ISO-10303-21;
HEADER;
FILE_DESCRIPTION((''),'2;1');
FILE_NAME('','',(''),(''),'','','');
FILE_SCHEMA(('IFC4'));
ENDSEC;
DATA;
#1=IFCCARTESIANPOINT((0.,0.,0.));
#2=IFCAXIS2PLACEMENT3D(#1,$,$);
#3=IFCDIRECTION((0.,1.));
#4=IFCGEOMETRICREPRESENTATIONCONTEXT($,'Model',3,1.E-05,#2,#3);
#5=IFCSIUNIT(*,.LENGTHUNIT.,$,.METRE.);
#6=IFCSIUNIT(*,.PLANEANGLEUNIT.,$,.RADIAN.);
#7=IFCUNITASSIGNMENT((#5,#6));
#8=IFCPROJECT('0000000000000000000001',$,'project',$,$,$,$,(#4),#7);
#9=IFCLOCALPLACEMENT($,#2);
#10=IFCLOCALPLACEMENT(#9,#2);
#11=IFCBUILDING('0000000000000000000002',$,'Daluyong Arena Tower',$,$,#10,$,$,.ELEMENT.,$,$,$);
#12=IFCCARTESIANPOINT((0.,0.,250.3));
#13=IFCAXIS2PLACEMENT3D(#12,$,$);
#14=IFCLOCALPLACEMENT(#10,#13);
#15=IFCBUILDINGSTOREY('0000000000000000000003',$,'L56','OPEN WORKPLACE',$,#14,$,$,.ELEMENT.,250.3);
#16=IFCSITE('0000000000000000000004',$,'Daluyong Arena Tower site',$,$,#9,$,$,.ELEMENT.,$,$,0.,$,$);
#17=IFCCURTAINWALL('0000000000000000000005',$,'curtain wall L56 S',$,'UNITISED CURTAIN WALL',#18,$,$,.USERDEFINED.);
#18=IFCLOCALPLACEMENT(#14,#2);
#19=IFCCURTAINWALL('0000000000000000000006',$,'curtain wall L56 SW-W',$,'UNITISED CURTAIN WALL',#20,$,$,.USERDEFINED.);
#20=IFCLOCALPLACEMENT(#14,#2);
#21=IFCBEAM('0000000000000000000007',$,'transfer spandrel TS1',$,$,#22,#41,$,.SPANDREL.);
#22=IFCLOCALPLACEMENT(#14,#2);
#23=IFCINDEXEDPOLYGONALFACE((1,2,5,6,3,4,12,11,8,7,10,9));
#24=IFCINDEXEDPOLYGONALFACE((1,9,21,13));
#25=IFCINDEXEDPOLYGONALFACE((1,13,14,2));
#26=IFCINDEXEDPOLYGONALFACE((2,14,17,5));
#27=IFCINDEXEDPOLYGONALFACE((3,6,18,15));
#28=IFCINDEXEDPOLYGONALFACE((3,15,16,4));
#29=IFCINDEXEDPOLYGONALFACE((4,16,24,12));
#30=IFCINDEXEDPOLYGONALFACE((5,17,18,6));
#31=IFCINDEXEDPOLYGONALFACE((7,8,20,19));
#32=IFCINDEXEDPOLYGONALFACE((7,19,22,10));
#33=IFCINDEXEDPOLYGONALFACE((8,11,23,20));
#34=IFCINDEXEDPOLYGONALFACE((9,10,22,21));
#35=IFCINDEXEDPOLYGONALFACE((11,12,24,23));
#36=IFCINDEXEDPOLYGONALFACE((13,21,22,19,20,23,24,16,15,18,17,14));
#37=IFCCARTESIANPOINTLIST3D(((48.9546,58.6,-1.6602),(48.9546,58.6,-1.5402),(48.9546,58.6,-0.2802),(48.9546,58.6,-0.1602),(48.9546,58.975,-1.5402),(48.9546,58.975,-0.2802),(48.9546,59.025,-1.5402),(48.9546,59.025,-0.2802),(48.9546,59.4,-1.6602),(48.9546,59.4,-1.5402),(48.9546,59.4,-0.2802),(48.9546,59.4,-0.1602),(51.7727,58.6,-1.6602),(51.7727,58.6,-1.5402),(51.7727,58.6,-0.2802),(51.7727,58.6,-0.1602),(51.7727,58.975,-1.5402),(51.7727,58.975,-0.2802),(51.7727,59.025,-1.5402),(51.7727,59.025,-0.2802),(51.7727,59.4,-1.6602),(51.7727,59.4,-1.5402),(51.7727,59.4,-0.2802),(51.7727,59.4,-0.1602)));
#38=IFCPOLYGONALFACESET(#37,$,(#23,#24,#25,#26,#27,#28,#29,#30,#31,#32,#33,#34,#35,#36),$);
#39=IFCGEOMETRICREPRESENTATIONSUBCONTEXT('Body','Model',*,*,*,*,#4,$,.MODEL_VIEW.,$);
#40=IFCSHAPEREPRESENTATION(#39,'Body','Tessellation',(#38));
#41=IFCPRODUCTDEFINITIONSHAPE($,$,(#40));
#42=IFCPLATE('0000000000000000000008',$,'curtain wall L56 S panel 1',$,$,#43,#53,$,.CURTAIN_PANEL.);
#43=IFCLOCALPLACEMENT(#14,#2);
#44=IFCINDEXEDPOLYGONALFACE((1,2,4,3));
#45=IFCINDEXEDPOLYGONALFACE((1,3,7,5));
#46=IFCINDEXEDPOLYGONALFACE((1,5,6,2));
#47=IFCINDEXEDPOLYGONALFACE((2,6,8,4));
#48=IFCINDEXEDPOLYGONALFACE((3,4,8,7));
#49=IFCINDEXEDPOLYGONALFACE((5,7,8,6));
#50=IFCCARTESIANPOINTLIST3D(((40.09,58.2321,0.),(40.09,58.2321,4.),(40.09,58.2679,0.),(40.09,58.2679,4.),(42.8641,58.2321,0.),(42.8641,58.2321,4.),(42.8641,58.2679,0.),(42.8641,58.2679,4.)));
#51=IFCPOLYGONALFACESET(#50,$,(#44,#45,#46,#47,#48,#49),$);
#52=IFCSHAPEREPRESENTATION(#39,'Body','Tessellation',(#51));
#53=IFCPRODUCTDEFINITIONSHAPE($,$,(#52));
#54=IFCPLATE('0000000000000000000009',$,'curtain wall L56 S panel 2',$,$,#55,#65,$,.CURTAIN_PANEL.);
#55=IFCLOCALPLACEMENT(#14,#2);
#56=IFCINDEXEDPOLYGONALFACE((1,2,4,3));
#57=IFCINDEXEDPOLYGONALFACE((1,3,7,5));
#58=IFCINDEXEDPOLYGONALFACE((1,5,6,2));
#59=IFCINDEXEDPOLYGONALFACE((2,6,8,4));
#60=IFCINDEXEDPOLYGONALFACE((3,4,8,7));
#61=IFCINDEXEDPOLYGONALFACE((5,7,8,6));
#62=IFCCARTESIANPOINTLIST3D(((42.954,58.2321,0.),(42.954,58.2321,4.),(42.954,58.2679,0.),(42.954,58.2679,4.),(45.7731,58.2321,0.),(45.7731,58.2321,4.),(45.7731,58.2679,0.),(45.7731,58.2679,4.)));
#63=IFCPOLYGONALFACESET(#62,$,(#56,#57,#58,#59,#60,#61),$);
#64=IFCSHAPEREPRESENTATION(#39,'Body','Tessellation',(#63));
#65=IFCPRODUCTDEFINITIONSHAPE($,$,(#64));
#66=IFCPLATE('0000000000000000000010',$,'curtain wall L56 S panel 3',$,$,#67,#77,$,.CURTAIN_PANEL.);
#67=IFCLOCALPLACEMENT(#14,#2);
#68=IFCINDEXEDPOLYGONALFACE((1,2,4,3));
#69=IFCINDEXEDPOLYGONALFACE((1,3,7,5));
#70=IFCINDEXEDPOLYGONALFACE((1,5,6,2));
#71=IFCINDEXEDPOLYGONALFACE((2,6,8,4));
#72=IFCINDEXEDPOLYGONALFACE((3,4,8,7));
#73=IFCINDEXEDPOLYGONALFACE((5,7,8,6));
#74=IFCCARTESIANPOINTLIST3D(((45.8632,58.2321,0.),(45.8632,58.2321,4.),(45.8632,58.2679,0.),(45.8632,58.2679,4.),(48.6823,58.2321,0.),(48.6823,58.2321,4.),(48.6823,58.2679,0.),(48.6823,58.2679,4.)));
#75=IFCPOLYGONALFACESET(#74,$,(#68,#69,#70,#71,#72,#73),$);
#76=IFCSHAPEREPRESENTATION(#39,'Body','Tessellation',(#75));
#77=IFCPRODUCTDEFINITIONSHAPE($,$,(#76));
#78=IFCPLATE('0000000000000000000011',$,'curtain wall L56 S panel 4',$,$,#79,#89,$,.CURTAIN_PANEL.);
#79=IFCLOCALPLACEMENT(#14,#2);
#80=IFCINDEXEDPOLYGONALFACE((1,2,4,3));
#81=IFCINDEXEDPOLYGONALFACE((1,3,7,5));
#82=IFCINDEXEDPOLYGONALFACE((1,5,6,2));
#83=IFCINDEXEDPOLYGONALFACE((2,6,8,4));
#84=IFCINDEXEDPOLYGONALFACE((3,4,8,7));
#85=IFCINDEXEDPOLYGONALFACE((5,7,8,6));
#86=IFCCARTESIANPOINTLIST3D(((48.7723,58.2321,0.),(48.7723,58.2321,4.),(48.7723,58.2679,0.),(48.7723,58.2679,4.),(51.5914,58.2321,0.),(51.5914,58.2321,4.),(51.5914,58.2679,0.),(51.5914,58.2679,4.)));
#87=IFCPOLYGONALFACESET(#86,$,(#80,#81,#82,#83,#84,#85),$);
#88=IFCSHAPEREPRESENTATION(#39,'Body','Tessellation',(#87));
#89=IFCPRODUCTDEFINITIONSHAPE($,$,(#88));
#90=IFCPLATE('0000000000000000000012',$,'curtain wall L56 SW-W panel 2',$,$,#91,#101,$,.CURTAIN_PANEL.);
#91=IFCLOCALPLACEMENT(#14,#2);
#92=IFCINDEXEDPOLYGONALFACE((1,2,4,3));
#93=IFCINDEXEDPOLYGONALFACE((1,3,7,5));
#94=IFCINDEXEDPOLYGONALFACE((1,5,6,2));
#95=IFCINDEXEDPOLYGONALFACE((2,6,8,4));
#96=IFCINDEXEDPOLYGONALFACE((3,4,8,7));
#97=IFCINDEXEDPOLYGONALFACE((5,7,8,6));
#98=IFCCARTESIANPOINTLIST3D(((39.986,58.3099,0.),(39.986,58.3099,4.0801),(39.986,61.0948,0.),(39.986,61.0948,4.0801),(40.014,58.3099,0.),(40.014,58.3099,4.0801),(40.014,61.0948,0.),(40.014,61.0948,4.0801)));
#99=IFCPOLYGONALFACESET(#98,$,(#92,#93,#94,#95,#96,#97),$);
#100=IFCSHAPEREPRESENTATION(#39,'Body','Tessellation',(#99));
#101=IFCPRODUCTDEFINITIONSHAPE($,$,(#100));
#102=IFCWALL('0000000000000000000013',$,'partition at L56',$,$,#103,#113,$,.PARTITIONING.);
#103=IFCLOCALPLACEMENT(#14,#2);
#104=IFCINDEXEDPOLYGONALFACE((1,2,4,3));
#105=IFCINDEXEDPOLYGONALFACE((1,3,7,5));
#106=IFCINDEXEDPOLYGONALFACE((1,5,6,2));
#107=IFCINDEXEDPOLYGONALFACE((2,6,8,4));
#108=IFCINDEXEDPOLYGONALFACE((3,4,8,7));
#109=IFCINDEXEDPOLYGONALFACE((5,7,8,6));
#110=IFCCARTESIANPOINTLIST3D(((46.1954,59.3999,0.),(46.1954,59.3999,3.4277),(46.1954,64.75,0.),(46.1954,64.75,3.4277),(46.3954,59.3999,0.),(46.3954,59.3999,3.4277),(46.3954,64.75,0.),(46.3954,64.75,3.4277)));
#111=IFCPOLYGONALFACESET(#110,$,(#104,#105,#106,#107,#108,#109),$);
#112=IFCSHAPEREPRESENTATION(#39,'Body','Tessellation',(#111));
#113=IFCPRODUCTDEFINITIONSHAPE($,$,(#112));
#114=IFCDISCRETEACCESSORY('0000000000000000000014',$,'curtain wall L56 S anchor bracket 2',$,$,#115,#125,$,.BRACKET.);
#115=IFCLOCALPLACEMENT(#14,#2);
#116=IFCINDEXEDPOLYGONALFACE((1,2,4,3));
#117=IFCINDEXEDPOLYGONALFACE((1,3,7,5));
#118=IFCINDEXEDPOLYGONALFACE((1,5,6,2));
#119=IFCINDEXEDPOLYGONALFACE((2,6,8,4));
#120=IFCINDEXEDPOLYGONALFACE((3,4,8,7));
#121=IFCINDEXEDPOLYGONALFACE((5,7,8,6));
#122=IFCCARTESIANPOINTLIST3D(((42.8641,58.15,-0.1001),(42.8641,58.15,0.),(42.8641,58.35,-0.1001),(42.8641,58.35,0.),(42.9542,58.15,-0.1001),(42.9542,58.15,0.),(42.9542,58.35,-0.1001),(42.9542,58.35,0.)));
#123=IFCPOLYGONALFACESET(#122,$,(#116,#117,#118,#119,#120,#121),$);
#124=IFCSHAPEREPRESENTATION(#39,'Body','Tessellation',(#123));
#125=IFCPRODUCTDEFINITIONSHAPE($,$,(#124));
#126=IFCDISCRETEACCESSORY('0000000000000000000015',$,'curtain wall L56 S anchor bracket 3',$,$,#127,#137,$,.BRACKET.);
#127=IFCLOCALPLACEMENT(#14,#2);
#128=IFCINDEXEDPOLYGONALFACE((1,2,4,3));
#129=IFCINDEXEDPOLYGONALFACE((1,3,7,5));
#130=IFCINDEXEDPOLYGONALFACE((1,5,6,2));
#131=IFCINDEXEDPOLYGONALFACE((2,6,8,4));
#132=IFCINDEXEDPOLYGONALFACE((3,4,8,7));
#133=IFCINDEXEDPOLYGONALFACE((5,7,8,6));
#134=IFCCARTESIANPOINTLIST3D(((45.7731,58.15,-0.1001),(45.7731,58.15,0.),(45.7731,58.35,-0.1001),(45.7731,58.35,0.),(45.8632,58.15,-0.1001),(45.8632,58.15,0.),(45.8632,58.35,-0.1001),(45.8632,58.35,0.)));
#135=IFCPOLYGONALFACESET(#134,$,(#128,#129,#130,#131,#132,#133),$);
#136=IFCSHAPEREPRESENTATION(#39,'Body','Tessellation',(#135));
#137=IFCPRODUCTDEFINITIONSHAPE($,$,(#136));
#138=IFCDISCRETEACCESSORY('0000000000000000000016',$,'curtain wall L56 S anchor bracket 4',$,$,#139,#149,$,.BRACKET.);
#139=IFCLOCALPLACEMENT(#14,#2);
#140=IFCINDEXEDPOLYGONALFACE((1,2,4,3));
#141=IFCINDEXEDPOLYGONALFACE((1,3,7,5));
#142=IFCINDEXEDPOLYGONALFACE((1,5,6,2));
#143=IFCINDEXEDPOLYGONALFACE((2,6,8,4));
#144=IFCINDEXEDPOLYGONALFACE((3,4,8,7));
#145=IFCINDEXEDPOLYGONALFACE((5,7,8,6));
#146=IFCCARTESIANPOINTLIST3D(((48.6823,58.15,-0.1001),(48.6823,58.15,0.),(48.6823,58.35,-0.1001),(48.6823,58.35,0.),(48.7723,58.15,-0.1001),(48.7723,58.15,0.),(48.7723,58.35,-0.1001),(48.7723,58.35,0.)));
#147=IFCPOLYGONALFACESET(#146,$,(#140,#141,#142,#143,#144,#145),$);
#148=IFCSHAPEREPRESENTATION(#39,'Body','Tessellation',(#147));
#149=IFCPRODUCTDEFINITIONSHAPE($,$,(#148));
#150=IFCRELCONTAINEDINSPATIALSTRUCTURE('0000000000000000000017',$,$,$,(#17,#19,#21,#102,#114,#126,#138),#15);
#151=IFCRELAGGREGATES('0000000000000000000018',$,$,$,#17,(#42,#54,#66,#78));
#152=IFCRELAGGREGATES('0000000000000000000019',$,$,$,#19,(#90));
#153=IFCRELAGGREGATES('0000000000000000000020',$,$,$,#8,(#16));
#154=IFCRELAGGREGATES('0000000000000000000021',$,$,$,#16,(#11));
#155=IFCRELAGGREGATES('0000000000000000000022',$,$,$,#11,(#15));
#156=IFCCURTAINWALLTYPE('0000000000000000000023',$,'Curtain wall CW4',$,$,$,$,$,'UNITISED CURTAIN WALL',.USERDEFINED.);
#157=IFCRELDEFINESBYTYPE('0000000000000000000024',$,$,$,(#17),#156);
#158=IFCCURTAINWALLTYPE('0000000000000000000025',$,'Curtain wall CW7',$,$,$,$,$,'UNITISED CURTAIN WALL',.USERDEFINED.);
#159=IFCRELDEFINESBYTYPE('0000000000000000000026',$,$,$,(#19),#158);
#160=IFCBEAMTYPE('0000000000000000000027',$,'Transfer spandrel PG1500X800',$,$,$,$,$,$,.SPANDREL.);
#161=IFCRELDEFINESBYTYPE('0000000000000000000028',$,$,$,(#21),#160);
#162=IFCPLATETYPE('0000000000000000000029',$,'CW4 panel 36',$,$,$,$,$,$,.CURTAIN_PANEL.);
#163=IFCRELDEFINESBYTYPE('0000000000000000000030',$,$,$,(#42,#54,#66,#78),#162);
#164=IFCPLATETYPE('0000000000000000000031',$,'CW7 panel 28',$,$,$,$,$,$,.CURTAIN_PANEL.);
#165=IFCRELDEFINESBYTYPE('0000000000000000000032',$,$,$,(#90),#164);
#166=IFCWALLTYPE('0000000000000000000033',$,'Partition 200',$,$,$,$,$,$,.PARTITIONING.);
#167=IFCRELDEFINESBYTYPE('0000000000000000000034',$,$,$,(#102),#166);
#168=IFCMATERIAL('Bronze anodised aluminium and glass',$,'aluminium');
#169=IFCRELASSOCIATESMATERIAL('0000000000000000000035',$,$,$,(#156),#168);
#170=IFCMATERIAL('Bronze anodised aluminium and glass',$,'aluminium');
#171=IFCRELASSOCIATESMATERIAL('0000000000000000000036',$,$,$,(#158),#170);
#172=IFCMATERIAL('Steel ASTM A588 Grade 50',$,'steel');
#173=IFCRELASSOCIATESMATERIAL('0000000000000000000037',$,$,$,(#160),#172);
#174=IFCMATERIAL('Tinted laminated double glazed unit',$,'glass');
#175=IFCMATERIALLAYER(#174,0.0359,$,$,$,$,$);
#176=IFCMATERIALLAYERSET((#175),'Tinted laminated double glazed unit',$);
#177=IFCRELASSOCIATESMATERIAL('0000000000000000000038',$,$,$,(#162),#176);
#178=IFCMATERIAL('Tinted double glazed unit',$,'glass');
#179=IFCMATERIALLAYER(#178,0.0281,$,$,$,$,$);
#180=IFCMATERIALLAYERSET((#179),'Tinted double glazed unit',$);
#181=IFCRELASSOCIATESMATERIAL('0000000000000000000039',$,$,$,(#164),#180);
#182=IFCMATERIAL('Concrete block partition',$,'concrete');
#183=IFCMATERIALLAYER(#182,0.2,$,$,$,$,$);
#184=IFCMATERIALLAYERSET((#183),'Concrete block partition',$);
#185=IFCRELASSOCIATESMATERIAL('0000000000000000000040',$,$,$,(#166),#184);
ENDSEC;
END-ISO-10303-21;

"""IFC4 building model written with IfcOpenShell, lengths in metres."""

from ifc_helpers import new_model, si_unit, direction, frame, frame_2d, origin, origin_2d, place, context, subcontext, project, spatial, rectangle, i_section, extrude, material, layer, layer_set, material_profile, profile_set, type_object, element, aggregate, save


model = new_model("IFC4")

# Units and contexts
model_context = context("Model", 3, precision=1e-05, world=origin(), true_north=direction((0.0, 1.0)))
body_context = subcontext(model_context, "Body", "Model", "MODEL_VIEW")
ifc_project = project(units=[si_unit("LENGTHUNIT", "METRE"), si_unit("PLANEANGLEUNIT", "RADIAN")], contexts=[model_context])

# Site, building, storey
site_placement = place(None, origin())
site = spatial("IfcSite", under=ifc_project, at=site_placement, Name="Daluyong Arena Tower site", CompositionType="ELEMENT", RefElevation=0.0)
building_placement = place(site_placement, origin())
building = spatial("IfcBuilding", under=site, at=building_placement, Name="Daluyong Arena Tower", CompositionType="ELEMENT")
storey_placement = place(building_placement, frame((0.0, 0.0, 250.3)))
storey = spatial("IfcBuildingStorey", under=building, at=storey_placement, Name="L56", Description="OPEN WORKPLACE", CompositionType="ELEMENT", Elevation=250.3)

# Curtain walls
ifc_material_1 = material(Name="Bronze anodised aluminium and glass", Category="aluminium")
curtain_wall_type_1 = type_object("IfcCurtainWallType", Name="Curtain wall CW4", ElementType="UNITISED CURTAIN WALL", PredefinedType="USERDEFINED", material=ifc_material_1)
curtain_wall_1_placement = place(storey_placement, origin())
curtain_wall_1 = element("IfcCurtainWall", 1, at=curtain_wall_1_placement, inside=storey, type_object=curtain_wall_type_1, Name="curtain wall L56 S", ObjectType="UNITISED CURTAIN WALL", PredefinedType="USERDEFINED")
ifc_material_2 = material(Name="Bronze anodised aluminium and glass", Category="aluminium")
curtain_wall_type_2 = type_object("IfcCurtainWallType", Name="Curtain wall CW7", ElementType="UNITISED CURTAIN WALL", PredefinedType="USERDEFINED", material=ifc_material_2)
curtain_wall_2_placement = place(storey_placement, origin())
curtain_wall_2 = element("IfcCurtainWall", 2, at=curtain_wall_2_placement, inside=storey, type_object=curtain_wall_type_2, Name="curtain wall L56 SW-W", ObjectType="UNITISED CURTAIN WALL", PredefinedType="USERDEFINED")

# Beam
ifc_material_3 = material(Name="Steel ASTM A588 Grade 50", Category="steel")
ifc_material_profile_1 = material_profile(ifc_material_3, i_section(OverallWidth=0.8, OverallDepth=1.5, WebThickness=0.05, FlangeThickness=0.12, at=origin_2d()))
ifc_profile_set_1 = profile_set([ifc_material_profile_1], Name="Steel ASTM A588 Grade 50")
beam_type_1 = type_object("IfcBeamType", Name="Transfer spandrel PG1500X800", PredefinedType="SPANDREL", material=ifc_profile_set_1)
for number, where, z_axis, x_axis, name in (
    (3, (48.9546, 59.0, -0.9102), (1.0, 0.0, 0.0), (0.0, 1.0, 0.0), "transfer spandrel TS1"),
):
    element("IfcBeam", number, at=place(storey_placement, frame(where, z_axis=z_axis, x_axis=x_axis)), inside=storey, type_object=beam_type_1, Name=name, PredefinedType="SPANDREL", context=body_context, shape_type="SweptSolid", body=[
        extrude(i_section(OverallWidth=0.8, OverallDepth=1.5, WebThickness=0.05, FlangeThickness=0.12, at=origin_2d()), origin(), (0.0, 0.0, 1.0), 2.8181),
    ])

# Plates
ifc_material_4 = material(Name="Tinted laminated double glazed unit", Category="glass")
ifc_layer_1 = layer(ifc_material_4, 0.0359)
ifc_layer_set_1 = layer_set([ifc_layer_1], Name="Tinted laminated double glazed unit")
plate_type_1 = type_object("IfcPlateType", Name="CW4 panel 36", PredefinedType="CURTAIN_PANEL", material=ifc_layer_set_1)
plate_1_placement = place(storey_placement, frame((41.4771, 58.25, 0.0), z_axis=(0.0, 0.0, 1.0), x_axis=(1.0, 0.0, 0.0)))
plate_1 = element("IfcPlate", 4, at=plate_1_placement, type_object=plate_type_1, Name="curtain wall L56 S panel 1", PredefinedType="CURTAIN_PANEL", context=body_context, shape_type="SweptSolid", body=[
    extrude(rectangle(XDim=2.7742, YDim=0.0359, at=origin_2d()), origin(), (0.0, 0.0, 1.0), 4.0),
])
plate_2_placement = place(storey_placement, frame((44.3635, 58.25, 0.0), z_axis=(0.0, 0.0, 1.0), x_axis=(1.0, 0.0, 0.0)))
plate_2 = element("IfcPlate", 5, at=plate_2_placement, type_object=plate_type_1, Name="curtain wall L56 S panel 2", PredefinedType="CURTAIN_PANEL", context=body_context, shape_type="SweptSolid", body=[
    extrude(rectangle(XDim=2.8191, YDim=0.0359, at=origin_2d()), origin(), (0.0, 0.0, 1.0), 4.0),
])
plate_3_placement = place(storey_placement, frame((47.2727, 58.25, 0.0), z_axis=(0.0, 0.0, 1.0), x_axis=(1.0, 0.0, 0.0)))
plate_3 = element("IfcPlate", 6, at=plate_3_placement, type_object=plate_type_1, Name="curtain wall L56 S panel 3", PredefinedType="CURTAIN_PANEL", context=body_context, shape_type="SweptSolid", body=[
    extrude(rectangle(XDim=2.8191, YDim=0.0359, at=origin_2d()), origin(), (0.0, 0.0, 1.0), 4.0),
])
plate_4_placement = place(storey_placement, frame((50.1819, 58.25, 0.0), z_axis=(0.0, 0.0, 1.0), x_axis=(1.0, 0.0, 0.0)))
plate_4 = element("IfcPlate", 7, at=plate_4_placement, type_object=plate_type_1, Name="curtain wall L56 S panel 4", PredefinedType="CURTAIN_PANEL", context=body_context, shape_type="SweptSolid", body=[
    extrude(rectangle(XDim=2.8191, YDim=0.0359, at=origin_2d()), origin(), (0.0, 0.0, 1.0), 4.0),
])
aggregate(curtain_wall_1, [plate_1, plate_2, plate_3, plate_4])
ifc_material_5 = material(Name="Tinted double glazed unit", Category="glass")
ifc_layer_2 = layer(ifc_material_5, 0.0281)
ifc_layer_set_2 = layer_set([ifc_layer_2], Name="Tinted double glazed unit")
plate_type_2 = type_object("IfcPlateType", Name="CW7 panel 28", PredefinedType="CURTAIN_PANEL", material=ifc_layer_set_2)
plate_5_placement = place(storey_placement, frame((40.0, 59.7024, 0.0), z_axis=(0.0, 0.0, 1.0), x_axis=(0.0, -1.0, 0.0)))
plate_5 = element("IfcPlate", 8, at=plate_5_placement, type_object=plate_type_2, Name="curtain wall L56 SW-W panel 2", PredefinedType="CURTAIN_PANEL", context=body_context, shape_type="SweptSolid", body=[
    extrude(rectangle(XDim=2.7849, YDim=0.0281, at=origin_2d()), origin(), (0.0, 0.0, 1.0), 4.0801),
])
aggregate(curtain_wall_2, [plate_5])

# Wall
ifc_material_6 = material(Name="Concrete block partition", Category="concrete")
ifc_layer_3 = layer(ifc_material_6, 0.2)
ifc_layer_set_3 = layer_set([ifc_layer_3], Name="Concrete block partition")
wall_type = type_object("IfcWallType", Name="Partition 200", PredefinedType="PARTITIONING", material=ifc_layer_set_3)
wall_placement = place(storey_placement, frame((46.2954, 59.3999, 0.0), z_axis=(0.0, 0.0, 1.0), x_axis=(0.0, 1.0, 0.0)))
element("IfcWall", 9, at=wall_placement, inside=storey, type_object=wall_type, Name="partition at L56", PredefinedType="PARTITIONING", context=body_context, shape_type="SweptSolid", body=[
    extrude(rectangle(XDim=5.3501, YDim=0.2, at=frame_2d((2.675, 0.0))), origin(), (0.0, 0.0, 1.0), 3.4277),
])

# Discrete accessories
for number, where, z_axis, x_axis, name in (
    (10, (42.9092, 58.25, -0.1001), (0.0, 0.0, 1.0), (1.0, 0.0, 0.0), "curtain wall L56 S anchor bracket 2"),
    (11, (45.8181, 58.25, -0.1001), (0.0, 0.0, 1.0), (1.0, 0.0, 0.0), "curtain wall L56 S anchor bracket 3"),
    (12, (48.7273, 58.25, -0.1001), (0.0, 0.0, 1.0), (1.0, 0.0, 0.0), "curtain wall L56 S anchor bracket 4"),
):
    element("IfcDiscreteAccessory", number, at=place(storey_placement, frame(where, z_axis=z_axis, x_axis=x_axis)), inside=storey, Name=name, PredefinedType="BRACKET", context=body_context, shape_type="SweptSolid", body=[
        extrude(rectangle(XDim=0.0901, YDim=0.2, at=origin_2d()), origin(), (0.0, 0.0, 1.0), 0.1001),
    ])

save(model, "model.ifc")
